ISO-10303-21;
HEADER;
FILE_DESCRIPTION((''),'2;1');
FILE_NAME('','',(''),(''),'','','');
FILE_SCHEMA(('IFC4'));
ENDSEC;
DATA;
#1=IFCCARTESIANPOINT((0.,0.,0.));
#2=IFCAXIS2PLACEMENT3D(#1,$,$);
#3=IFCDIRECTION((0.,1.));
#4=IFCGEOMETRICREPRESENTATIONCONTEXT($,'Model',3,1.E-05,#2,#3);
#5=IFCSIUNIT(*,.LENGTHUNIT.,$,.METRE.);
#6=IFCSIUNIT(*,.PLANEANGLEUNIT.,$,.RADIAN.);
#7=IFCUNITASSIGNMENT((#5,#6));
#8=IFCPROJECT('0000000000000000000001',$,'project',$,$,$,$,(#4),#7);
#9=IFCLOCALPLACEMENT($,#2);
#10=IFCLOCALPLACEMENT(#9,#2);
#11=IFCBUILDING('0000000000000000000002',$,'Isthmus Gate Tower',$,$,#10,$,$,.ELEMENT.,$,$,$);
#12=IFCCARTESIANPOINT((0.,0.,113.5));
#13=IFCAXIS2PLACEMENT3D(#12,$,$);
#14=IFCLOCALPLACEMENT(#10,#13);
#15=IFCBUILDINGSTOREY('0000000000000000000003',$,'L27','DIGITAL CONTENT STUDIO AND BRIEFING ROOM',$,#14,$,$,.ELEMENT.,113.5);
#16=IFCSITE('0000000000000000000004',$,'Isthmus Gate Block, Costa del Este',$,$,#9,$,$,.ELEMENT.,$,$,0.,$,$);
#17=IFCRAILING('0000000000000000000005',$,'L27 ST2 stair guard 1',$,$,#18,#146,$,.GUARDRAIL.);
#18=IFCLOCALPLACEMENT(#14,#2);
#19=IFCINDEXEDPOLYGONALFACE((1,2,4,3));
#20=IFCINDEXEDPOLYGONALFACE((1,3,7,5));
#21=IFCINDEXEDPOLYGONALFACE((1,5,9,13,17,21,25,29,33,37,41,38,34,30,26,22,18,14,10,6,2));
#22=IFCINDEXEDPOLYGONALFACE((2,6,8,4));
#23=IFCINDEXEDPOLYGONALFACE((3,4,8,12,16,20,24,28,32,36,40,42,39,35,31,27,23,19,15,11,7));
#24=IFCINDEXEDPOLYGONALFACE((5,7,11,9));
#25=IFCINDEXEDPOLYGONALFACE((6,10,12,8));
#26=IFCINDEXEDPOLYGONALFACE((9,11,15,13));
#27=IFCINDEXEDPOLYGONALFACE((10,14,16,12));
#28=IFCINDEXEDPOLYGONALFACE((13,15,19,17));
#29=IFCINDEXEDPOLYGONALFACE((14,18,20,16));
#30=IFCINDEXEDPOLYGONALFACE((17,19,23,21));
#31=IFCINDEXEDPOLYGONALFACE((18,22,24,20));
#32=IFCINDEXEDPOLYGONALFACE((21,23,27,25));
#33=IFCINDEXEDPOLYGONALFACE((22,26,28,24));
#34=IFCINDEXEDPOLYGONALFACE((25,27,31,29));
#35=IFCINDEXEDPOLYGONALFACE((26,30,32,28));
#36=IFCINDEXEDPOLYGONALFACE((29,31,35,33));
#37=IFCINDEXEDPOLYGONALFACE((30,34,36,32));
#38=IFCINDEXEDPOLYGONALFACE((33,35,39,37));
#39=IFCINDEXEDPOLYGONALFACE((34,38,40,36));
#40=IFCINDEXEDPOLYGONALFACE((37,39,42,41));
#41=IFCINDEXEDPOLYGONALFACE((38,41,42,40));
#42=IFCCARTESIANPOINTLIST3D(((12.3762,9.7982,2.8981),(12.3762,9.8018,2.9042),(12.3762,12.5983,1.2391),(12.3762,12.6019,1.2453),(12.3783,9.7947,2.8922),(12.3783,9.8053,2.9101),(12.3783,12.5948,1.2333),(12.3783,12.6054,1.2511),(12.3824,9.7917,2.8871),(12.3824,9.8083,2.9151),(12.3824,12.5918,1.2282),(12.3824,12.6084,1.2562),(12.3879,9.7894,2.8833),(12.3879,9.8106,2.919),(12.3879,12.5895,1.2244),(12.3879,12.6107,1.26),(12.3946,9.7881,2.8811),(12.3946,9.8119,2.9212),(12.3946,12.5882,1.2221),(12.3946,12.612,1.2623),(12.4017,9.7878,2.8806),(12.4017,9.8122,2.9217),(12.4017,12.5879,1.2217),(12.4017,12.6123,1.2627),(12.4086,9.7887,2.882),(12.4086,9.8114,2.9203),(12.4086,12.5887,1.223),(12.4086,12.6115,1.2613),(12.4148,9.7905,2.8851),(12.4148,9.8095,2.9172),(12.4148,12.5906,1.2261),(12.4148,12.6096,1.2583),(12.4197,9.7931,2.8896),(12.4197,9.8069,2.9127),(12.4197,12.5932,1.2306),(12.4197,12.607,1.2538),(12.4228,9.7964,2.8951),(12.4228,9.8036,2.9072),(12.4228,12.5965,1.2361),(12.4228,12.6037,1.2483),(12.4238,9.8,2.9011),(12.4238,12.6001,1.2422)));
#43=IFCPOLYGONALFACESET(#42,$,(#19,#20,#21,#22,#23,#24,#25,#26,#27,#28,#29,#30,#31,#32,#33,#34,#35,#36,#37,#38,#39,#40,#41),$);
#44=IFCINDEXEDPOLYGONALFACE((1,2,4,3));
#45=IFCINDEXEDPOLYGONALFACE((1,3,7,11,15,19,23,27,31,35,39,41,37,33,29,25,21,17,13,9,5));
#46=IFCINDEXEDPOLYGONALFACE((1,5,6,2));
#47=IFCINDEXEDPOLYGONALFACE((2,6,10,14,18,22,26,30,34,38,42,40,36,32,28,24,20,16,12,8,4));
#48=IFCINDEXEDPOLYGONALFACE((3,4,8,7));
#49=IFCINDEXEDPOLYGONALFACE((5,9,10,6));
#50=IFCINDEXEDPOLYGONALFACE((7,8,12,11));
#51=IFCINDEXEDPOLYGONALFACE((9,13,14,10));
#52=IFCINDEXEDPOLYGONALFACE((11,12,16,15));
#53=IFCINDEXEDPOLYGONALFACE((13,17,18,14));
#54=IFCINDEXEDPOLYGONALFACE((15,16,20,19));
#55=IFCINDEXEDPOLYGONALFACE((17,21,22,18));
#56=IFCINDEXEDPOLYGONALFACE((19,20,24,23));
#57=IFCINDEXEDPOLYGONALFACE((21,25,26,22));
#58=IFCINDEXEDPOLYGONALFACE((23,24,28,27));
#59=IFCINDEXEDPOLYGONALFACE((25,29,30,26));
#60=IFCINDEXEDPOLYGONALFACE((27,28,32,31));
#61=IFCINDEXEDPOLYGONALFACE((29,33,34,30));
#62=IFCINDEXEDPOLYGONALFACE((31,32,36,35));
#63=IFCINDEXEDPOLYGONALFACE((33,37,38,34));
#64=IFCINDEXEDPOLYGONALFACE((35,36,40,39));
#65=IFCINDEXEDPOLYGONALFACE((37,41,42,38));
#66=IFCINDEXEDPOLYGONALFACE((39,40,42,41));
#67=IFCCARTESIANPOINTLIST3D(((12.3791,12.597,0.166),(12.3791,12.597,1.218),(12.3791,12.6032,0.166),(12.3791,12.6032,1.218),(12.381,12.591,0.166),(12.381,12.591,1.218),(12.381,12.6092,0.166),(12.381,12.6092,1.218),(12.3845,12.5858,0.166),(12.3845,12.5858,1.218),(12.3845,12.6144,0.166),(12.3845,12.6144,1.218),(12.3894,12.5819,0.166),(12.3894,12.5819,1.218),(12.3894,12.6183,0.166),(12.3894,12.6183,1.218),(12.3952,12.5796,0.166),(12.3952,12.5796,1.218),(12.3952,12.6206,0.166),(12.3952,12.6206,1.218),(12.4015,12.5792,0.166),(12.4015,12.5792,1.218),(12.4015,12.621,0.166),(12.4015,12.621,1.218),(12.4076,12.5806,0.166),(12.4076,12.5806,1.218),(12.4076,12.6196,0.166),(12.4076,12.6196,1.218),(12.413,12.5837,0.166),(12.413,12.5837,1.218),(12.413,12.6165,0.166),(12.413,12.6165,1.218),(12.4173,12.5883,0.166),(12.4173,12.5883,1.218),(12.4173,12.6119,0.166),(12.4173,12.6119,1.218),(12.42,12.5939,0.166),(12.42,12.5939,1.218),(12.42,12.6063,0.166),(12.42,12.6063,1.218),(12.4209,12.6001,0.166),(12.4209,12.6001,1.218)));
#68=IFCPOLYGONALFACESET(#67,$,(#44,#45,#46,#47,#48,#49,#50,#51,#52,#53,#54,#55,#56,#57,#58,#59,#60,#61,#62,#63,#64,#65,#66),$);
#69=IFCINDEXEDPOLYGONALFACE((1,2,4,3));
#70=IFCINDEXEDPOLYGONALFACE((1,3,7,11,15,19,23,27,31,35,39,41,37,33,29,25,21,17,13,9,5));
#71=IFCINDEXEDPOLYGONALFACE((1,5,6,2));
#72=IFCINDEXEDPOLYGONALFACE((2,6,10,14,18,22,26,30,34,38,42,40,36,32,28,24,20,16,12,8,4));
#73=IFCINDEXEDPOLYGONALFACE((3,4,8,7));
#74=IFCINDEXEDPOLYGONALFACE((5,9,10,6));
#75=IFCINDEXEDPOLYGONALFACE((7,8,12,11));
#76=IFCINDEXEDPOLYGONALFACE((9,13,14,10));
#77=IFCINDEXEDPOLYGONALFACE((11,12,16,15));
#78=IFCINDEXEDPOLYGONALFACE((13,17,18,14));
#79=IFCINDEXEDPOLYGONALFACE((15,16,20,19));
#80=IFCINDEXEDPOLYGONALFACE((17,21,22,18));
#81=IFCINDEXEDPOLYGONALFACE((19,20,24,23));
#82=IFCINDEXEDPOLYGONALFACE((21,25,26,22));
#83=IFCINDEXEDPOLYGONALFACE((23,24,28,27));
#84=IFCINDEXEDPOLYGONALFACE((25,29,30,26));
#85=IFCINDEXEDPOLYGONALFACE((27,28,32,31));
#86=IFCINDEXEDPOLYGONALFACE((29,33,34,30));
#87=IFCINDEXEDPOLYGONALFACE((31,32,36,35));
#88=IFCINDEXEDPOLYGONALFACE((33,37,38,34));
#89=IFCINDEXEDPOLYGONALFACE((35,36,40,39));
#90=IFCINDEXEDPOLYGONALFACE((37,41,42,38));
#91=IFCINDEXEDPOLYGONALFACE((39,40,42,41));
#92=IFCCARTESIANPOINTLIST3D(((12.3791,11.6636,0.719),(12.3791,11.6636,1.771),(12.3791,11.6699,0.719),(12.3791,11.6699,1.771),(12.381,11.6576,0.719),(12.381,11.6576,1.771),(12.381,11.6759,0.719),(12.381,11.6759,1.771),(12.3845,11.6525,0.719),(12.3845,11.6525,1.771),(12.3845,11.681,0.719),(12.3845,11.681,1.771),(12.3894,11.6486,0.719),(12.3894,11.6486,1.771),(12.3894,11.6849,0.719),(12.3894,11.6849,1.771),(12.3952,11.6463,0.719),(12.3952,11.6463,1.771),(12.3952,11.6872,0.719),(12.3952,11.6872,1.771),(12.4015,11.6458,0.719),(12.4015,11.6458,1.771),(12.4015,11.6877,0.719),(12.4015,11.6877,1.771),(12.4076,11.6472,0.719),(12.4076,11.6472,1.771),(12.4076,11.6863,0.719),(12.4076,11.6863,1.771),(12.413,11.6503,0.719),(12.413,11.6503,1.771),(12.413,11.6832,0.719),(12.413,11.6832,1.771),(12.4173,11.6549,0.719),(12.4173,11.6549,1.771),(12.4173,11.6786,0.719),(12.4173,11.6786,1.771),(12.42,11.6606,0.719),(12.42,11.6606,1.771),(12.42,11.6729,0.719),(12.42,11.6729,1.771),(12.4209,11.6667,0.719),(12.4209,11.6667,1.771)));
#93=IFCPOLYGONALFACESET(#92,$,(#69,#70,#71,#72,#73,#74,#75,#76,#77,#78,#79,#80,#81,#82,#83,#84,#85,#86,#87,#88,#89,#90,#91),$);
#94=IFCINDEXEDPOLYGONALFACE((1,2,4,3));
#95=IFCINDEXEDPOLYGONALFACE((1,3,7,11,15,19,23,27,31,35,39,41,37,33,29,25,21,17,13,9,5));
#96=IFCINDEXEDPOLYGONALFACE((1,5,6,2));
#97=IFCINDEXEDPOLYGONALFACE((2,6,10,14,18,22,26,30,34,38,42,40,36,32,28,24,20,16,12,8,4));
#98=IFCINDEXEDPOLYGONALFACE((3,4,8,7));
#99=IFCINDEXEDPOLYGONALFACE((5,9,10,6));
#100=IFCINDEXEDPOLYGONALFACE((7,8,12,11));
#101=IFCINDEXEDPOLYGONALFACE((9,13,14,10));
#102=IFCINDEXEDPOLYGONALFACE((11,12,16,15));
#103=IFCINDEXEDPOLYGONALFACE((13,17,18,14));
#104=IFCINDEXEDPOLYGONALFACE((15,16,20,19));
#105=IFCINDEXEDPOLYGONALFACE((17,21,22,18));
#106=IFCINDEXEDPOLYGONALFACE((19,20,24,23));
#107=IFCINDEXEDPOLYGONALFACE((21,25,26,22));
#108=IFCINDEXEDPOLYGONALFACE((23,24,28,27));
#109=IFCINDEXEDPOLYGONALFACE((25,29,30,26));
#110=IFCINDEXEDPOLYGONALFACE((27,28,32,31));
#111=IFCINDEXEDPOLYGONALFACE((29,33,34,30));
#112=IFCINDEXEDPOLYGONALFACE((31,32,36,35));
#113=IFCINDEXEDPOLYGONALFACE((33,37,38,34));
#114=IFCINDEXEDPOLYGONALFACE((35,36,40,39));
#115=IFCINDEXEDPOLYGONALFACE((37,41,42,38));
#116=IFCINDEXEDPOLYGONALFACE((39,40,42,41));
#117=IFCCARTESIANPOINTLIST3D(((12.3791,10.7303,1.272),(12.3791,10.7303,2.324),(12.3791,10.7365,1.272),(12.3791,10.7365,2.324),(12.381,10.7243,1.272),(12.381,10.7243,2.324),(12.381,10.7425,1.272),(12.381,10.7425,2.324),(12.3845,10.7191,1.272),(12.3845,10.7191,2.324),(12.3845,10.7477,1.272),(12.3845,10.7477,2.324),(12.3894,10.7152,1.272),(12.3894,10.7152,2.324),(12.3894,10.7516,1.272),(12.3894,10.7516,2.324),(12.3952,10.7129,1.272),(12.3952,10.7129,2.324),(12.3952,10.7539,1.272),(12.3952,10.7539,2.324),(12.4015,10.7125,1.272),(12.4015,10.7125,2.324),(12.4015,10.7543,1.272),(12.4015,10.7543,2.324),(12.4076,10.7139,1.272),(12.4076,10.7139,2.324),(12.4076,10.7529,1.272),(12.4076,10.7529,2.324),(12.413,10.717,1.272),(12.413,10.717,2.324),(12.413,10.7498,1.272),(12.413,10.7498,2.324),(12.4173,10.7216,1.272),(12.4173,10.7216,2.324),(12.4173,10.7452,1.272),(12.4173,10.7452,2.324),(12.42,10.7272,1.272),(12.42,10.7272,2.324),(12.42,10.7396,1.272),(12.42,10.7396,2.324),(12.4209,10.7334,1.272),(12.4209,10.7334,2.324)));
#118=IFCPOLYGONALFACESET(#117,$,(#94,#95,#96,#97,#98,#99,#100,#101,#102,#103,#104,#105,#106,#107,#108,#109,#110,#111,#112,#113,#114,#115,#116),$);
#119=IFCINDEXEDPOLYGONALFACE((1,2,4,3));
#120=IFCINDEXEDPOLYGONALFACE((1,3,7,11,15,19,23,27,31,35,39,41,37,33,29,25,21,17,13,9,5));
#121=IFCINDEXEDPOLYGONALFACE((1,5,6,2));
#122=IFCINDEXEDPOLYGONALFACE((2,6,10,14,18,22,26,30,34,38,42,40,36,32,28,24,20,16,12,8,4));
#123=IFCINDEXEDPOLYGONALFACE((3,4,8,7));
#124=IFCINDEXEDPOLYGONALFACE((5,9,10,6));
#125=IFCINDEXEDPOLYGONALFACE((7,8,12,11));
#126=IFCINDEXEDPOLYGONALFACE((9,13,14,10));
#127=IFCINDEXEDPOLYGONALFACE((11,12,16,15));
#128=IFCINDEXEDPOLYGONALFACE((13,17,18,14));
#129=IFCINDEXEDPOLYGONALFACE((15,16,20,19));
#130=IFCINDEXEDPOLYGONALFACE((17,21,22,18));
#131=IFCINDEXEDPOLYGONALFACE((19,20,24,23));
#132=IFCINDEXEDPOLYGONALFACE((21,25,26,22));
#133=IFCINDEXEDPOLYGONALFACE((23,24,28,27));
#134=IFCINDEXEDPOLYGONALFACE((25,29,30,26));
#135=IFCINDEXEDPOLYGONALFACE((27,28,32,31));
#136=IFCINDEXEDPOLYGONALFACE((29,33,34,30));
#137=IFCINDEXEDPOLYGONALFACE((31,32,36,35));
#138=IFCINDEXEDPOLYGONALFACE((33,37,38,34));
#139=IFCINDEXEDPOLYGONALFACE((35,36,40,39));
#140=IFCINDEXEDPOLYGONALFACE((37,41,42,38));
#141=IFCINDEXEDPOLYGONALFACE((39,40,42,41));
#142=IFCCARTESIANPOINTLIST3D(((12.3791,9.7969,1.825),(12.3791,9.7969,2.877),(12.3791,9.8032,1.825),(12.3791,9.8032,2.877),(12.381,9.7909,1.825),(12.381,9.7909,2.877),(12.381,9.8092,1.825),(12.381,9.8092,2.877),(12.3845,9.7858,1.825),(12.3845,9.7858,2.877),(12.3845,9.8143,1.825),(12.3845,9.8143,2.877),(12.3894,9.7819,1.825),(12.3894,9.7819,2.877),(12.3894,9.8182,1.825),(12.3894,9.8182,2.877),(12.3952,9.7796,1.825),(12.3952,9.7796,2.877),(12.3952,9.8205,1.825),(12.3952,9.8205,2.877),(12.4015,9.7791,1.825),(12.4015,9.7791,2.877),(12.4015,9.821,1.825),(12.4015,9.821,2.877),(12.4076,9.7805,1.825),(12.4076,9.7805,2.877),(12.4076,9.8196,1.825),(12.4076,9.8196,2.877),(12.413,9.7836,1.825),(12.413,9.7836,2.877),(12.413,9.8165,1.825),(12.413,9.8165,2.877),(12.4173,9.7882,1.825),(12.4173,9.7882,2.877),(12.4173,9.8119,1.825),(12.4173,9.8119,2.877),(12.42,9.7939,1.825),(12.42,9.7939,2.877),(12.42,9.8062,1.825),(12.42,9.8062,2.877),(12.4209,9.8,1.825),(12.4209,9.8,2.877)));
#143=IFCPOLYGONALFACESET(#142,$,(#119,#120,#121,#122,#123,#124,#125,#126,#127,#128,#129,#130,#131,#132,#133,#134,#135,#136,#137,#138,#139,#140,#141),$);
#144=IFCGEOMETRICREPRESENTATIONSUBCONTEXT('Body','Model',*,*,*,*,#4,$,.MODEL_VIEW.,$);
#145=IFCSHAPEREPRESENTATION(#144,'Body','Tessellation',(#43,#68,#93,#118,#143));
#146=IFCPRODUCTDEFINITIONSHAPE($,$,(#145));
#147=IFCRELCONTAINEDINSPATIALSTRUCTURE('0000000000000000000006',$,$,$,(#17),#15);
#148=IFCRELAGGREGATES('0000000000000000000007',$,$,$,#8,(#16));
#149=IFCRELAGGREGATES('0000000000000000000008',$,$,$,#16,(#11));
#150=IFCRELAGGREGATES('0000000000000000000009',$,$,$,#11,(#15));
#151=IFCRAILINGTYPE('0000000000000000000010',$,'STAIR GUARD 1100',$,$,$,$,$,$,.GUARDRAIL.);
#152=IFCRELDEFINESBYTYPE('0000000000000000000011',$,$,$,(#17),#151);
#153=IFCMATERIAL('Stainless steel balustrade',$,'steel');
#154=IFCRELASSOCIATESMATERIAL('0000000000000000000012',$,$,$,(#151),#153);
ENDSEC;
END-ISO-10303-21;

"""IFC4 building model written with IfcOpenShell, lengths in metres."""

from ifc_helpers import new_model, si_unit, direction, frame, origin, origin_2d, place, context, subcontext, project, spatial, circle, extrude, material, type_object, element, save


model = new_model("IFC4")

# Units and contexts
model_context = context("Model", 3, precision=1e-05, world=origin(), true_north=direction((0.0, 1.0)))
body_context = subcontext(model_context, "Body", "Model", "MODEL_VIEW")
ifc_project = project(units=[si_unit("LENGTHUNIT", "METRE"), si_unit("PLANEANGLEUNIT", "RADIAN")], contexts=[model_context])

# Site, building, storey
site_placement = place(None, origin())
site = spatial("IfcSite", under=ifc_project, at=site_placement, Name="Isthmus Gate Block, Costa del Este", CompositionType="ELEMENT", RefElevation=0.0)
building_placement = place(site_placement, origin())
building = spatial("IfcBuilding", under=site, at=building_placement, Name="Isthmus Gate Tower", CompositionType="ELEMENT")
storey_placement = place(building_placement, frame((0.0, 0.0, 113.5)))
storey = spatial("IfcBuildingStorey", under=building, at=storey_placement, Name="L27", Description="DIGITAL CONTENT STUDIO AND BRIEFING ROOM", CompositionType="ELEMENT", Elevation=113.5)

# Railing
ifc_material_1 = material(Name="Stainless steel balustrade", Category="steel")
railing_type_1 = type_object("IfcRailingType", Name="STAIR GUARD 1100", PredefinedType="GUARDRAIL", material=ifc_material_1)
railing_1_placement = place(storey_placement, frame((12.3999, 12.6001, 0.166)))
element("IfcRailing", 1, at=railing_1_placement, inside=storey, type_object=railing_type_1, Name="L27 ST2 stair guard 1", PredefinedType="GUARDRAIL", context=body_context, shape_type="SweptSolid", body=[
    extrude(circle(Radius=0.0239, at=origin_2d()), frame((0.0, 0.0, 1.0762), z_axis=(0.0, -0.860339, 0.509722), x_axis=(1.0, 0.0, 0.0)), (0.0, 0.0, 1.0), 3.2546),
    extrude(circle(Radius=0.021, at=origin_2d()), origin(), (0.0, 0.0, 1.0), 1.052),
    extrude(circle(Radius=0.021, at=origin_2d()), frame((0.0, -0.9333, 0.553)), (0.0, 0.0, 1.0), 1.052),
    extrude(circle(Radius=0.021, at=origin_2d()), frame((0.0, -1.8667, 1.106)), (0.0, 0.0, 1.0), 1.052),
    extrude(circle(Radius=0.021, at=origin_2d()), frame((0.0, -2.8, 1.6589)), (0.0, 0.0, 1.0), 1.052),
])

save(model, "model.ifc")
